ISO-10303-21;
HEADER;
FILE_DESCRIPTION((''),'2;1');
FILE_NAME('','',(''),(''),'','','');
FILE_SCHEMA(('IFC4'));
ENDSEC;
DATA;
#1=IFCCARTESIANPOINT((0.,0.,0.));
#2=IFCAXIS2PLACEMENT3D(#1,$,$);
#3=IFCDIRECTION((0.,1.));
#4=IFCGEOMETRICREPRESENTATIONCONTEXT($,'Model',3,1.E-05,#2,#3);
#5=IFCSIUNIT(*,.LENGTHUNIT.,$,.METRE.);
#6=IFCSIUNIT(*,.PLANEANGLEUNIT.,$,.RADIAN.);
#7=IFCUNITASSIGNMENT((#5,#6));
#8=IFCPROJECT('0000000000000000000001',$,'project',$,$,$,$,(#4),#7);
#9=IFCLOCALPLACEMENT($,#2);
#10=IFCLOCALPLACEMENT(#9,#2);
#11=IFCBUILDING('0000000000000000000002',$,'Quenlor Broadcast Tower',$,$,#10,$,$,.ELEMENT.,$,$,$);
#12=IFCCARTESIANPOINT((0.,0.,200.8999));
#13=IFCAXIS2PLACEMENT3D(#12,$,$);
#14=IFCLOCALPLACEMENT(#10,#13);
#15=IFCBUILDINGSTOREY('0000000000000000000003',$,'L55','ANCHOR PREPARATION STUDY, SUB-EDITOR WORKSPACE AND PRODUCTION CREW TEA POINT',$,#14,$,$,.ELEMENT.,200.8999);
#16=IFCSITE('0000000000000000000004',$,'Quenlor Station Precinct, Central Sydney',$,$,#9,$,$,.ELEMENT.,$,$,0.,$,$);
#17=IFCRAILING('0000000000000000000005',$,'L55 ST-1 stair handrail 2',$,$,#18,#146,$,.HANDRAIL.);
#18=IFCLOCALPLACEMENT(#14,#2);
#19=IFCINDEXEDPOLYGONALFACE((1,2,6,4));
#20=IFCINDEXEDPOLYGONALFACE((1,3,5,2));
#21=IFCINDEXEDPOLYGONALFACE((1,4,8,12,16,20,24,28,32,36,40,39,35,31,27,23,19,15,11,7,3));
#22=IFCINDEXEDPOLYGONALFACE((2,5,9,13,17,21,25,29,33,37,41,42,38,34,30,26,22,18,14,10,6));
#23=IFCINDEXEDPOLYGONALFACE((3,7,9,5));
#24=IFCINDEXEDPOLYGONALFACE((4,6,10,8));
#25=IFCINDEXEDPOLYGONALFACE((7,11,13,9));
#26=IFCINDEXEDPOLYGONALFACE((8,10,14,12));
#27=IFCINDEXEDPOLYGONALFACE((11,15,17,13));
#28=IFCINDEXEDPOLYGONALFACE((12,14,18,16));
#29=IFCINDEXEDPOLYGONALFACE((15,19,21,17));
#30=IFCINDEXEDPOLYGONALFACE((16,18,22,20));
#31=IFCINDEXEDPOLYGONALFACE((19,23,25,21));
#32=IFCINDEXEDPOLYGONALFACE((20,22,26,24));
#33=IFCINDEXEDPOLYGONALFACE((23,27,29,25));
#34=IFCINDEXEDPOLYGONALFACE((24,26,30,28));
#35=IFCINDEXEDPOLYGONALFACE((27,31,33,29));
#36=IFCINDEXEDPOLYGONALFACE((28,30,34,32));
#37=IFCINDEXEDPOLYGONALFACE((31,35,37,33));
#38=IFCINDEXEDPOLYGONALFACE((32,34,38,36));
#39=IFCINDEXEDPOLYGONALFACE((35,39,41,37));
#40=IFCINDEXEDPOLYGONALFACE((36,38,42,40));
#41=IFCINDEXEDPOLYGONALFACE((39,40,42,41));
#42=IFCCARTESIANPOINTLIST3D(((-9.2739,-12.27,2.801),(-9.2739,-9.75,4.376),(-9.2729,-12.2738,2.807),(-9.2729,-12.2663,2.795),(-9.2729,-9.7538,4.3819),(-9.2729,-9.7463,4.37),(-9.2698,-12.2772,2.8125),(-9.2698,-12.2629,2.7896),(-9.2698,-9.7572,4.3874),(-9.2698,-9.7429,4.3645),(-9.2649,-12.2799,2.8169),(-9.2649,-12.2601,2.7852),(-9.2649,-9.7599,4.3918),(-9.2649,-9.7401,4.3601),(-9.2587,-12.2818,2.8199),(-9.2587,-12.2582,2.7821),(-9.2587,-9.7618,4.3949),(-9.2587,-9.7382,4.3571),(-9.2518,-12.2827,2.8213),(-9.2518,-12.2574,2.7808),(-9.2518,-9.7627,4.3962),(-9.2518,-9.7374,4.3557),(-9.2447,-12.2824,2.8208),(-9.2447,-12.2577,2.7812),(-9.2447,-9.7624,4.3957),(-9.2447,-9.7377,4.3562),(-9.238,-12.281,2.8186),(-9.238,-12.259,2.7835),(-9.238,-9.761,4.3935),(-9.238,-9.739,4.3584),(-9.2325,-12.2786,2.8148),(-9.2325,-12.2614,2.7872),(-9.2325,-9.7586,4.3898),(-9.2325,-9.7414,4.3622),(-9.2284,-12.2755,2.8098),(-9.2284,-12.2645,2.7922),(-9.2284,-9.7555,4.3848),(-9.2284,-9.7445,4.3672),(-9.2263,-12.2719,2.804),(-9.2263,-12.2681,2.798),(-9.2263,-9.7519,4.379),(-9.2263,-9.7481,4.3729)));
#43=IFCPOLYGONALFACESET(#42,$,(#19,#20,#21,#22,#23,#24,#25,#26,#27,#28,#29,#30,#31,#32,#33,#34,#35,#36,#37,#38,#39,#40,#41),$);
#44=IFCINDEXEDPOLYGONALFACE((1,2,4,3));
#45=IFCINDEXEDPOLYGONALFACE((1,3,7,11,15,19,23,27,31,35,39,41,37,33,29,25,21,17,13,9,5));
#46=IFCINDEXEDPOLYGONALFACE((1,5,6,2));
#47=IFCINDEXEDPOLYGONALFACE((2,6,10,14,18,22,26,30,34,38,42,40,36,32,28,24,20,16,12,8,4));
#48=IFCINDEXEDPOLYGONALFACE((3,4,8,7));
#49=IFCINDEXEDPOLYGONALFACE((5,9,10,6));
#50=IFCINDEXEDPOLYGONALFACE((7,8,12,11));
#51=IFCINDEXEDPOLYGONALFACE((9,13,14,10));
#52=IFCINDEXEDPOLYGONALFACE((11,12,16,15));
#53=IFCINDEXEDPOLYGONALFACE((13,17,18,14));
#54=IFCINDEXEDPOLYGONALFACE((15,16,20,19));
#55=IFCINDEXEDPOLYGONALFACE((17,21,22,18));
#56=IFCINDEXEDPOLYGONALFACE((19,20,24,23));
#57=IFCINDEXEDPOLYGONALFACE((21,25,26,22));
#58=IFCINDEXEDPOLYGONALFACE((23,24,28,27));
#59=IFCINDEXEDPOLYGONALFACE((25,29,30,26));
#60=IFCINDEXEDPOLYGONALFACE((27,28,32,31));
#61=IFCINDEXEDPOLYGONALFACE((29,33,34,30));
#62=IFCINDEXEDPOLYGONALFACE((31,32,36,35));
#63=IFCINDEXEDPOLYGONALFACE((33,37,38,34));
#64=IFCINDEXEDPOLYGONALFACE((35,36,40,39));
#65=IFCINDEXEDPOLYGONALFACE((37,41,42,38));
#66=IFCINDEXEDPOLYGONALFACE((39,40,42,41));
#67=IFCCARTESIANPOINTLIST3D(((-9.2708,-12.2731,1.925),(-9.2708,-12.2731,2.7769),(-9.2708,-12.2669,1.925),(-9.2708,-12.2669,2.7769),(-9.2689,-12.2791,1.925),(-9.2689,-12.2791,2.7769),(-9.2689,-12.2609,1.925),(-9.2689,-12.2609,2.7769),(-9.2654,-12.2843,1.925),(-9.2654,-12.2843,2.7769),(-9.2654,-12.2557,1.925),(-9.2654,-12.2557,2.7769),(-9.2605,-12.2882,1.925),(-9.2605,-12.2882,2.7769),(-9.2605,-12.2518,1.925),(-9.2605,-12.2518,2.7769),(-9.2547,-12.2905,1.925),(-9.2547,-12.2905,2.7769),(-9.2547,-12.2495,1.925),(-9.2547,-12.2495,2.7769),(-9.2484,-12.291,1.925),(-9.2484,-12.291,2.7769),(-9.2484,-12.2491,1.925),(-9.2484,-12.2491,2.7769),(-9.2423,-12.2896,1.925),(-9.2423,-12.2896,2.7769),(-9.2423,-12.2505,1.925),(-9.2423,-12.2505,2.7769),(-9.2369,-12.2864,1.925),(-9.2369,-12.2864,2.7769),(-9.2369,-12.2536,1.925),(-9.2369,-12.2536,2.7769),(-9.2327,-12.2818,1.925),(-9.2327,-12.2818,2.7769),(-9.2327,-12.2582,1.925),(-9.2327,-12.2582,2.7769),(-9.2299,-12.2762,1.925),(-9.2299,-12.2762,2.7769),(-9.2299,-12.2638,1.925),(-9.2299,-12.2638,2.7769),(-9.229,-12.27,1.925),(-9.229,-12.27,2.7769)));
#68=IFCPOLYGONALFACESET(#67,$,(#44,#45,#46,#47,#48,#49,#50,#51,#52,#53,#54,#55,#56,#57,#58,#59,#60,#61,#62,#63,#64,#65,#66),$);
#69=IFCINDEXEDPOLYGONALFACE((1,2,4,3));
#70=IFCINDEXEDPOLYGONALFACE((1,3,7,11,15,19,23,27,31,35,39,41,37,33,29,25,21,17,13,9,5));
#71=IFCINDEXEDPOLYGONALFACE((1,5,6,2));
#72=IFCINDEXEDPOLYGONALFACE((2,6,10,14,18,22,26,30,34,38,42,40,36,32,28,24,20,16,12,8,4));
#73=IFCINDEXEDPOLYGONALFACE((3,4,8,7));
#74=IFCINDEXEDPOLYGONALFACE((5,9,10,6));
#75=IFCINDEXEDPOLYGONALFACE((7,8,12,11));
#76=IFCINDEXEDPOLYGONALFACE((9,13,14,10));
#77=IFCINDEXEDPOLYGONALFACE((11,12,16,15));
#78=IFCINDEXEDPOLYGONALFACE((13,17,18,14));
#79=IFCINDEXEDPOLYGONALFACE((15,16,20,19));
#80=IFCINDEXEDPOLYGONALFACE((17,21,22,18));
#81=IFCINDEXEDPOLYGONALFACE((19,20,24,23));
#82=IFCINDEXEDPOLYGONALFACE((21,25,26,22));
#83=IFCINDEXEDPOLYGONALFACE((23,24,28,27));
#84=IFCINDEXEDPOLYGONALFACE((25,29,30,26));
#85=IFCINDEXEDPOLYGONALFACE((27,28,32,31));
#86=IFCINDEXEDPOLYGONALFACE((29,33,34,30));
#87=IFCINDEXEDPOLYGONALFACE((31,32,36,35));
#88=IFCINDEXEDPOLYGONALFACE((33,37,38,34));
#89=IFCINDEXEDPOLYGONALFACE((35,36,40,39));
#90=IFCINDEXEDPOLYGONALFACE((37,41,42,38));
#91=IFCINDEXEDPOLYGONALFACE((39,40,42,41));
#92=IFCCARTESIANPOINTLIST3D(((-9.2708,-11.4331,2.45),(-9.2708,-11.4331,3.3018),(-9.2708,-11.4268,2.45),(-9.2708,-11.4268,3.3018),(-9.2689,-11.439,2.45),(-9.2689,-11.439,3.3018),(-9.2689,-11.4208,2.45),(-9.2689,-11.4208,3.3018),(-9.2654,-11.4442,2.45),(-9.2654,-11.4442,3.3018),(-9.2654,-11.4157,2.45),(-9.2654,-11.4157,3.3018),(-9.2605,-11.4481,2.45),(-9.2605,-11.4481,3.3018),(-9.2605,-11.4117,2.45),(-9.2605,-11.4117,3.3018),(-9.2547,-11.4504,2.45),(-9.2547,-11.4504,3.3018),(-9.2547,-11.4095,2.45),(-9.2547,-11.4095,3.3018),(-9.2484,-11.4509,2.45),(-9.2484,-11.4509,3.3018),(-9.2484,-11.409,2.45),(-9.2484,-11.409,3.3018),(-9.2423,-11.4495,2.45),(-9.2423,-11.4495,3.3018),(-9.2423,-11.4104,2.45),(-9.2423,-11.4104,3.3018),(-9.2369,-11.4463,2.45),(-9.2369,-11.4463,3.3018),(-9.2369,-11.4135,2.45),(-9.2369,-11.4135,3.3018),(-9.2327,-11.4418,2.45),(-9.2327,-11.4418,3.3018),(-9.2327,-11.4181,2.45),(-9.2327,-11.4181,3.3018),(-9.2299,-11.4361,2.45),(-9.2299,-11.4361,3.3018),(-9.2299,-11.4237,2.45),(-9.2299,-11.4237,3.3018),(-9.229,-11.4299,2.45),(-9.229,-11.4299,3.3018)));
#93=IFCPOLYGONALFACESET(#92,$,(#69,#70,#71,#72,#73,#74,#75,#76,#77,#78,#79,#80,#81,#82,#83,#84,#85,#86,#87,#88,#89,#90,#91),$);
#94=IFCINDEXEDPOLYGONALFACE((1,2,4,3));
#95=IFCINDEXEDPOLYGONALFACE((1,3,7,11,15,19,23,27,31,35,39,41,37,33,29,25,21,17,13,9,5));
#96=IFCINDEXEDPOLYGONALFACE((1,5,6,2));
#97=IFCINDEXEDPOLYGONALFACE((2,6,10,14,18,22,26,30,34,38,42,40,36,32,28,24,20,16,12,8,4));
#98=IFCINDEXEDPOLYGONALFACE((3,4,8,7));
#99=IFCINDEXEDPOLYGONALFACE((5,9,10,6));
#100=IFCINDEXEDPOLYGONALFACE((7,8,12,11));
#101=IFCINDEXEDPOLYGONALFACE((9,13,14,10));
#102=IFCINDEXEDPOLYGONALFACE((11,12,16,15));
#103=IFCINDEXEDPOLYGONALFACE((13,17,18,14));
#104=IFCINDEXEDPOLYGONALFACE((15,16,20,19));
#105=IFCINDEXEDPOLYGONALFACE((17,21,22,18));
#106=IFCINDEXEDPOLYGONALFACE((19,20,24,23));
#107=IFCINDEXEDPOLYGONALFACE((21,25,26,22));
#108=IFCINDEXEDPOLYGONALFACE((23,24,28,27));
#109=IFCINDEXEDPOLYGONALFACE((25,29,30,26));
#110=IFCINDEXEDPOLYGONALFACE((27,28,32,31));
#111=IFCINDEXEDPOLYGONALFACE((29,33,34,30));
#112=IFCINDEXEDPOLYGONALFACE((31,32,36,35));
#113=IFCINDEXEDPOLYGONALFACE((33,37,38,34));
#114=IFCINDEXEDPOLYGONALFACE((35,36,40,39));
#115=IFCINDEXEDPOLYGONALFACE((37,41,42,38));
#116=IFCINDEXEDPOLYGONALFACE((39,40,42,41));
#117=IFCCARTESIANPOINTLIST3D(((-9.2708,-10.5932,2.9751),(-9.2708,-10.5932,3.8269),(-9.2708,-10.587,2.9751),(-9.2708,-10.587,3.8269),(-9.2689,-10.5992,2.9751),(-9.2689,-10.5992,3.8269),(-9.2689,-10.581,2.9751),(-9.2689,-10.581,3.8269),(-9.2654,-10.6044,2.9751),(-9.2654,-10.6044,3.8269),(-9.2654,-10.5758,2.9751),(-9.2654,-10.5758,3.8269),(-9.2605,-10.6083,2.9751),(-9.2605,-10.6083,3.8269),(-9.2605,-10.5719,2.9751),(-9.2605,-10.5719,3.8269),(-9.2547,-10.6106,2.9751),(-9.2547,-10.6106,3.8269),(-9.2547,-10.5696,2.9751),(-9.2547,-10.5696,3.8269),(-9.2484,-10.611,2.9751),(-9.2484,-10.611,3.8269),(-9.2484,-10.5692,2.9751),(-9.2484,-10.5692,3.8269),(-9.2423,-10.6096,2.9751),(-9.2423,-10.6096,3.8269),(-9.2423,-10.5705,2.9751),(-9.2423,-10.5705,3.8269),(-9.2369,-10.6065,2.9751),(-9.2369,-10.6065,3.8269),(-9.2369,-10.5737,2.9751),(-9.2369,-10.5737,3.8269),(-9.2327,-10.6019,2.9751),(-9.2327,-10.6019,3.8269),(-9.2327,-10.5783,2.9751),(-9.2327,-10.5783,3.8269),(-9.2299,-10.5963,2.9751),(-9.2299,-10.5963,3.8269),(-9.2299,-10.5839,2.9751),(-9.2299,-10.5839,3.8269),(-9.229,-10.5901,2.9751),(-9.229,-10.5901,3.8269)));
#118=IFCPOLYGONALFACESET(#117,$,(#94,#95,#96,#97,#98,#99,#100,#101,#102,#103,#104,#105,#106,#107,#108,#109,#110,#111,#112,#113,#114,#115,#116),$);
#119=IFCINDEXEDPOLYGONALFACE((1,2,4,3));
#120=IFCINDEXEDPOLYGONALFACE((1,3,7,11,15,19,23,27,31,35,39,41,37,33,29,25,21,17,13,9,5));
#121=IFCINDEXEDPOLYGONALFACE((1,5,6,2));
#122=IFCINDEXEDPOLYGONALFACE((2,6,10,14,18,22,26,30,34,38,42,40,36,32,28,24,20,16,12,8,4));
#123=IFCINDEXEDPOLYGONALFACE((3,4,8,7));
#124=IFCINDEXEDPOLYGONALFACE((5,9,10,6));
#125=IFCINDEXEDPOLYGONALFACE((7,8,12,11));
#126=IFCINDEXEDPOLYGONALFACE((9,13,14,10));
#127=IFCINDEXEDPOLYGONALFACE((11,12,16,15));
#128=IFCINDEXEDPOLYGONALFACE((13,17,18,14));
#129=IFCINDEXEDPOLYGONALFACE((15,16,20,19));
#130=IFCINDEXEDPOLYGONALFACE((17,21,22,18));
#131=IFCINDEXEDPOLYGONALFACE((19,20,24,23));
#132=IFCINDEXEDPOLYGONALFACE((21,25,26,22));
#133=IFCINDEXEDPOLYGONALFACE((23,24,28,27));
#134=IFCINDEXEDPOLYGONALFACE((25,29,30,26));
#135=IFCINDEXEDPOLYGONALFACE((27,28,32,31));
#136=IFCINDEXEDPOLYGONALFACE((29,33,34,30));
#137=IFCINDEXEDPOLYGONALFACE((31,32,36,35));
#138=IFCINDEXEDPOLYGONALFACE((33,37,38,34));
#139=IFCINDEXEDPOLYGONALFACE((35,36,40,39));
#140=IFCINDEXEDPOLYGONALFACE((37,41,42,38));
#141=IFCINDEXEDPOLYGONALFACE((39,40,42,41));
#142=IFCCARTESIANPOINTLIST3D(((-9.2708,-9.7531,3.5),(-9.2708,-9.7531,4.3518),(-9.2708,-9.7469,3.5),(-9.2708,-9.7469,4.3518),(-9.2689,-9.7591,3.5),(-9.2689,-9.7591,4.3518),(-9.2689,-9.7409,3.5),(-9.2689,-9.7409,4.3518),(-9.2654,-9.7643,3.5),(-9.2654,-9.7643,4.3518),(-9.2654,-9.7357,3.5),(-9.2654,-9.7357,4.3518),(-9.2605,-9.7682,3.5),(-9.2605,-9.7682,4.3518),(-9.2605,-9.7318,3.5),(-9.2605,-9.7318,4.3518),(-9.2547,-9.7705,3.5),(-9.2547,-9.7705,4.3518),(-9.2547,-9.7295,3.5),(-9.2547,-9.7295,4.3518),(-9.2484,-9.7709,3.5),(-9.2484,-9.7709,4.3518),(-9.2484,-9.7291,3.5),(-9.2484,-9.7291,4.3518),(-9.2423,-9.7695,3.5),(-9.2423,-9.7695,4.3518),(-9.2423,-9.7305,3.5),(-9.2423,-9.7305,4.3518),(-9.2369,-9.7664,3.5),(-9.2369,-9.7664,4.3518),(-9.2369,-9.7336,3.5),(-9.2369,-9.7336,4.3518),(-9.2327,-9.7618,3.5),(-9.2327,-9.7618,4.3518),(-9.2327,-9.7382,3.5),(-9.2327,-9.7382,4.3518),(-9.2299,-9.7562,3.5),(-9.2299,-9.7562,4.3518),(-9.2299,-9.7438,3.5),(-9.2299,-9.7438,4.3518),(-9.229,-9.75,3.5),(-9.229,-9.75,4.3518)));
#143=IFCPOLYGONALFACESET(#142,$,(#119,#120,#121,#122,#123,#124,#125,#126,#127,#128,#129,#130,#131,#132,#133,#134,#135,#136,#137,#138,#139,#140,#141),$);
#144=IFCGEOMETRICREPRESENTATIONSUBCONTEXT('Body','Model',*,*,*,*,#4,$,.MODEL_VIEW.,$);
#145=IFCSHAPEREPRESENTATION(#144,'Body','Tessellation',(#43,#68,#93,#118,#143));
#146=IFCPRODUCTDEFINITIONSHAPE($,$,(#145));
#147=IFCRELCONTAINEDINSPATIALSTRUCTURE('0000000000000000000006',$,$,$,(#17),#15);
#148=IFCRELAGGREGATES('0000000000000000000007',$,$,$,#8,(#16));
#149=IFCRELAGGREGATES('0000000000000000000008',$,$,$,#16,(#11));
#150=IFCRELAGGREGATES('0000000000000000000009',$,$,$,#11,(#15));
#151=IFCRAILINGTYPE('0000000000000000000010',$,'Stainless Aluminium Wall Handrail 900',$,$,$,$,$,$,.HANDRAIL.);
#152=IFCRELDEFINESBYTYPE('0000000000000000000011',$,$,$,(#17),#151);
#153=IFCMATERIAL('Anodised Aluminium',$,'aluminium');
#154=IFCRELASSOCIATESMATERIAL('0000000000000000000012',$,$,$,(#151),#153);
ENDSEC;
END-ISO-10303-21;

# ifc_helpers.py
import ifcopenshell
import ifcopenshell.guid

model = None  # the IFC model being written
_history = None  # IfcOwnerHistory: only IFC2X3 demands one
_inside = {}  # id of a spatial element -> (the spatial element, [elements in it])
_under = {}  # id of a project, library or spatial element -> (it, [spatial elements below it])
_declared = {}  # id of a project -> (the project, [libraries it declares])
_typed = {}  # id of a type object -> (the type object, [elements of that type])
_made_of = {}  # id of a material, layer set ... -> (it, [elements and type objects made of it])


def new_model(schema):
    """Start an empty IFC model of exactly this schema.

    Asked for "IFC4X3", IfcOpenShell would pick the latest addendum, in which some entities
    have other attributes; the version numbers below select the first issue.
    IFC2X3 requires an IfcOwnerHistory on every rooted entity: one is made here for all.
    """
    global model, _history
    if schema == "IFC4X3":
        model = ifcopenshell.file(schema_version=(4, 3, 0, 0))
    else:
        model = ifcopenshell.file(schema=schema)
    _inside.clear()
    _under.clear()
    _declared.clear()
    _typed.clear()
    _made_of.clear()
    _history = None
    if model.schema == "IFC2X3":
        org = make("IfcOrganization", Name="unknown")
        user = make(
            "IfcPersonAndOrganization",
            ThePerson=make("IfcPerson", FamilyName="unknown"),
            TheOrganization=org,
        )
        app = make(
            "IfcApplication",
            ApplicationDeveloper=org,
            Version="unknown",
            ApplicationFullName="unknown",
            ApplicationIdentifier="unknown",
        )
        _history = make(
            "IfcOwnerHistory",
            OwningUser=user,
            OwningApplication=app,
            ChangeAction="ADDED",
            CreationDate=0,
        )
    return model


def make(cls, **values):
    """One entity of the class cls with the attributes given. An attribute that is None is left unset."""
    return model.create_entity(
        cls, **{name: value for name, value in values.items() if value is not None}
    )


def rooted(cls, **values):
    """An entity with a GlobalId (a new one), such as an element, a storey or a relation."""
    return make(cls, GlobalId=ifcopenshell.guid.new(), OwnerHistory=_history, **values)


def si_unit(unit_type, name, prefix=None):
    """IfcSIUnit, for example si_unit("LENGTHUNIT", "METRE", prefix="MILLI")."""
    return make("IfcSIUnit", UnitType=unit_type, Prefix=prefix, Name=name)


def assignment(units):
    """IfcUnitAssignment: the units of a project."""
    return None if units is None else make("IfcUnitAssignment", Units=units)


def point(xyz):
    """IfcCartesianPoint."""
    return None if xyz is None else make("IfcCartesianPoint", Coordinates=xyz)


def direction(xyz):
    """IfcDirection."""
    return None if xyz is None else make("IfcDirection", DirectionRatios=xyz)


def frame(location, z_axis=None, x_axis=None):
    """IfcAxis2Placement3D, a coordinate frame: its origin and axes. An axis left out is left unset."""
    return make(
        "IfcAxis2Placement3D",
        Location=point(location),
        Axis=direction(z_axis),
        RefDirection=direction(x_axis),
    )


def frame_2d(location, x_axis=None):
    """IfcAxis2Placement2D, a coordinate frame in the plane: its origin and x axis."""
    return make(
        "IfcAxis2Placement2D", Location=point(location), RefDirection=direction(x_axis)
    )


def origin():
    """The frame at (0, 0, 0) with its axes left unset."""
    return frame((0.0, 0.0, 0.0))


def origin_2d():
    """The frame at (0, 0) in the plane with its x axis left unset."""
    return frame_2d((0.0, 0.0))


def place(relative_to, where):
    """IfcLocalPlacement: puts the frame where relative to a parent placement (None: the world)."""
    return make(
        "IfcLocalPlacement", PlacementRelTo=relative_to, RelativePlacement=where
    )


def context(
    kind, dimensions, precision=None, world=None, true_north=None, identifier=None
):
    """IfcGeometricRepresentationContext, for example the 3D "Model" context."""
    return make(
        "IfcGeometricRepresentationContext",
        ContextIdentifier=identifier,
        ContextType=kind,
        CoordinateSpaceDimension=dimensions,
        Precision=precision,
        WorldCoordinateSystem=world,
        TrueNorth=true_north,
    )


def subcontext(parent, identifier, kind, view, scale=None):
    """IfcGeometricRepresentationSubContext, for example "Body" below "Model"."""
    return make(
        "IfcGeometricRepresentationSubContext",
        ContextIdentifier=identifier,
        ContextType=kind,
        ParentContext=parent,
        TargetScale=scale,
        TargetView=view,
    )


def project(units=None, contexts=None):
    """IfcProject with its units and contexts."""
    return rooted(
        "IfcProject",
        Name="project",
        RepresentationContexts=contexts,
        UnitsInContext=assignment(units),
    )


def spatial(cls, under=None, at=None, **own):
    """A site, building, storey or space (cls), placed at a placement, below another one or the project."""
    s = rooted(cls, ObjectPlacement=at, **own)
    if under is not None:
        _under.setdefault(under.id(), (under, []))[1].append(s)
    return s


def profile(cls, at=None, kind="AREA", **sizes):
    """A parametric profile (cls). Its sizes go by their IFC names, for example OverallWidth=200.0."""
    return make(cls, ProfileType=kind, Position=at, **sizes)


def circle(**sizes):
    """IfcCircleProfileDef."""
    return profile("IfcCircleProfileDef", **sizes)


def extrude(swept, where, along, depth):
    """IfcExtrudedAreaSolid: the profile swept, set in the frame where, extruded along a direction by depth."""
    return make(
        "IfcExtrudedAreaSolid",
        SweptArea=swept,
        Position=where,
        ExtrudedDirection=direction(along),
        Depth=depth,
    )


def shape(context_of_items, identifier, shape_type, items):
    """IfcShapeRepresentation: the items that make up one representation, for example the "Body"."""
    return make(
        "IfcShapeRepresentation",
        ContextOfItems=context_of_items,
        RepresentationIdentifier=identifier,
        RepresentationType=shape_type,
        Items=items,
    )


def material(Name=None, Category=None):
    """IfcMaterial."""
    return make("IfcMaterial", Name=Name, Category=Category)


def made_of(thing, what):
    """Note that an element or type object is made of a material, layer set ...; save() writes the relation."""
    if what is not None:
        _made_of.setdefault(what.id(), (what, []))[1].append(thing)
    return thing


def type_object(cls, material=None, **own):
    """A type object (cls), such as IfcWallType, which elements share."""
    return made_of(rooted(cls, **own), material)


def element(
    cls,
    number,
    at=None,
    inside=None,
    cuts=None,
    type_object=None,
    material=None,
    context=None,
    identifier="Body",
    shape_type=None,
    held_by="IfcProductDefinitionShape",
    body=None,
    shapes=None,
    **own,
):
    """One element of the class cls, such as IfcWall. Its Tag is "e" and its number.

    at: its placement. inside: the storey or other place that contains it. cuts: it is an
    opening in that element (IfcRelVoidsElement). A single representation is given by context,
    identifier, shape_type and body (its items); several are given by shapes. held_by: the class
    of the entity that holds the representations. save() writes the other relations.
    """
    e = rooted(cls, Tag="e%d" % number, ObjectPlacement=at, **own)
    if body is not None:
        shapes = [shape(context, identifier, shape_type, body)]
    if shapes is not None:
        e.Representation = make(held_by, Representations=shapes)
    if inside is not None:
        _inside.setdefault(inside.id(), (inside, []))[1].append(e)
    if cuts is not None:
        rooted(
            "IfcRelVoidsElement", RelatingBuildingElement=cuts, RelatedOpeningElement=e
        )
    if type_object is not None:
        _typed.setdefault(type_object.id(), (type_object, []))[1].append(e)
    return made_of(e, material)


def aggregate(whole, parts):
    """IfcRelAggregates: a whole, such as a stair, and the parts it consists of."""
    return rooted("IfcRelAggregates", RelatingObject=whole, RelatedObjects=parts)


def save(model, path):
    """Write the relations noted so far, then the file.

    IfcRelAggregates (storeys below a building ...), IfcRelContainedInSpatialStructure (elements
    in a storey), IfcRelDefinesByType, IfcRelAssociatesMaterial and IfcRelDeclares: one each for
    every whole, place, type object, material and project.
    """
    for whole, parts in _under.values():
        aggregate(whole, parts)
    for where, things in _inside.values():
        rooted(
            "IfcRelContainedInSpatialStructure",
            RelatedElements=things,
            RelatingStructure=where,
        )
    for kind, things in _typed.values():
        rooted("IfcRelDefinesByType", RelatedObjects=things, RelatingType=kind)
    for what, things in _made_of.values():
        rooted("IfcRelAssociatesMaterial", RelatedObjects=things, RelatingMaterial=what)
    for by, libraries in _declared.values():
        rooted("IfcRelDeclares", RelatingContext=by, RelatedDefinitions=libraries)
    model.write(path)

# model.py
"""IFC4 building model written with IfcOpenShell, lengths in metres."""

from ifc_helpers import new_model, si_unit, direction, frame, origin, origin_2d, place, context, subcontext, project, spatial, circle, extrude, material, type_object, element, save


model = new_model("IFC4")

# Units and contexts
model_context = context("Model", 3, precision=1e-05, world=origin(), true_north=direction((0.0, 1.0)))
body_context = subcontext(model_context, "Body", "Model", "MODEL_VIEW")
ifc_project = project(units=[si_unit("LENGTHUNIT", "METRE"), si_unit("PLANEANGLEUNIT", "RADIAN")], contexts=[model_context])

# Site, building, storey
site_placement = place(None, origin())
site = spatial("IfcSite", under=ifc_project, at=site_placement, Name="Quenlor Station Precinct, Central Sydney", CompositionType="ELEMENT", RefElevation=0.0)
building_placement = place(site_placement, origin())
building = spatial("IfcBuilding", under=site, at=building_placement, Name="Quenlor Broadcast Tower", CompositionType="ELEMENT")
storey_placement = place(building_placement, frame((0.0, 0.0, 200.8999)))
storey = spatial("IfcBuildingStorey", under=building, at=storey_placement, Name="L55", Description="ANCHOR PREPARATION STUDY, SUB-EDITOR WORKSPACE AND PRODUCTION CREW TEA POINT", CompositionType="ELEMENT", Elevation=200.8999)

# Railing
ifc_material_1 = material(Name="Anodised Aluminium", Category="aluminium")
railing_type_1 = type_object("IfcRailingType", Name="Stainless Aluminium Wall Handrail 900", PredefinedType="HANDRAIL", material=ifc_material_1)
railing_1_placement = place(storey_placement, frame((-9.25, -12.27, 1.925)))
element("IfcRailing", 1, at=railing_1_placement, inside=storey, type_object=railing_type_1, Name="L55 ST-1 stair handrail 2", PredefinedType="HANDRAIL", context=body_context, shape_type="SweptSolid", body=[
    extrude(circle(Radius=0.0239, at=origin_2d()), frame((0.0, 0.0, 0.876), z_axis=(0.0, 0.848008, 0.529984), x_axis=(-1.0, 0.0, 0.0)), (0.0, 0.0, 1.0), 2.9717),
    extrude(circle(Radius=0.021, at=origin_2d()), origin(), (0.0, 0.0, 1.0), 0.8518),
    extrude(circle(Radius=0.021, at=origin_2d()), frame((0.0, 0.8401, 0.5249)), (0.0, 0.0, 1.0), 0.8518),
    extrude(circle(Radius=0.021, at=origin_2d()), frame((0.0, 1.6799, 1.05)), (0.0, 0.0, 1.0), 0.8518),
    extrude(circle(Radius=0.021, at=origin_2d()), frame((0.0, 2.52, 1.575)), (0.0, 0.0, 1.0), 0.8518),
])

save(model, "model.ifc")
